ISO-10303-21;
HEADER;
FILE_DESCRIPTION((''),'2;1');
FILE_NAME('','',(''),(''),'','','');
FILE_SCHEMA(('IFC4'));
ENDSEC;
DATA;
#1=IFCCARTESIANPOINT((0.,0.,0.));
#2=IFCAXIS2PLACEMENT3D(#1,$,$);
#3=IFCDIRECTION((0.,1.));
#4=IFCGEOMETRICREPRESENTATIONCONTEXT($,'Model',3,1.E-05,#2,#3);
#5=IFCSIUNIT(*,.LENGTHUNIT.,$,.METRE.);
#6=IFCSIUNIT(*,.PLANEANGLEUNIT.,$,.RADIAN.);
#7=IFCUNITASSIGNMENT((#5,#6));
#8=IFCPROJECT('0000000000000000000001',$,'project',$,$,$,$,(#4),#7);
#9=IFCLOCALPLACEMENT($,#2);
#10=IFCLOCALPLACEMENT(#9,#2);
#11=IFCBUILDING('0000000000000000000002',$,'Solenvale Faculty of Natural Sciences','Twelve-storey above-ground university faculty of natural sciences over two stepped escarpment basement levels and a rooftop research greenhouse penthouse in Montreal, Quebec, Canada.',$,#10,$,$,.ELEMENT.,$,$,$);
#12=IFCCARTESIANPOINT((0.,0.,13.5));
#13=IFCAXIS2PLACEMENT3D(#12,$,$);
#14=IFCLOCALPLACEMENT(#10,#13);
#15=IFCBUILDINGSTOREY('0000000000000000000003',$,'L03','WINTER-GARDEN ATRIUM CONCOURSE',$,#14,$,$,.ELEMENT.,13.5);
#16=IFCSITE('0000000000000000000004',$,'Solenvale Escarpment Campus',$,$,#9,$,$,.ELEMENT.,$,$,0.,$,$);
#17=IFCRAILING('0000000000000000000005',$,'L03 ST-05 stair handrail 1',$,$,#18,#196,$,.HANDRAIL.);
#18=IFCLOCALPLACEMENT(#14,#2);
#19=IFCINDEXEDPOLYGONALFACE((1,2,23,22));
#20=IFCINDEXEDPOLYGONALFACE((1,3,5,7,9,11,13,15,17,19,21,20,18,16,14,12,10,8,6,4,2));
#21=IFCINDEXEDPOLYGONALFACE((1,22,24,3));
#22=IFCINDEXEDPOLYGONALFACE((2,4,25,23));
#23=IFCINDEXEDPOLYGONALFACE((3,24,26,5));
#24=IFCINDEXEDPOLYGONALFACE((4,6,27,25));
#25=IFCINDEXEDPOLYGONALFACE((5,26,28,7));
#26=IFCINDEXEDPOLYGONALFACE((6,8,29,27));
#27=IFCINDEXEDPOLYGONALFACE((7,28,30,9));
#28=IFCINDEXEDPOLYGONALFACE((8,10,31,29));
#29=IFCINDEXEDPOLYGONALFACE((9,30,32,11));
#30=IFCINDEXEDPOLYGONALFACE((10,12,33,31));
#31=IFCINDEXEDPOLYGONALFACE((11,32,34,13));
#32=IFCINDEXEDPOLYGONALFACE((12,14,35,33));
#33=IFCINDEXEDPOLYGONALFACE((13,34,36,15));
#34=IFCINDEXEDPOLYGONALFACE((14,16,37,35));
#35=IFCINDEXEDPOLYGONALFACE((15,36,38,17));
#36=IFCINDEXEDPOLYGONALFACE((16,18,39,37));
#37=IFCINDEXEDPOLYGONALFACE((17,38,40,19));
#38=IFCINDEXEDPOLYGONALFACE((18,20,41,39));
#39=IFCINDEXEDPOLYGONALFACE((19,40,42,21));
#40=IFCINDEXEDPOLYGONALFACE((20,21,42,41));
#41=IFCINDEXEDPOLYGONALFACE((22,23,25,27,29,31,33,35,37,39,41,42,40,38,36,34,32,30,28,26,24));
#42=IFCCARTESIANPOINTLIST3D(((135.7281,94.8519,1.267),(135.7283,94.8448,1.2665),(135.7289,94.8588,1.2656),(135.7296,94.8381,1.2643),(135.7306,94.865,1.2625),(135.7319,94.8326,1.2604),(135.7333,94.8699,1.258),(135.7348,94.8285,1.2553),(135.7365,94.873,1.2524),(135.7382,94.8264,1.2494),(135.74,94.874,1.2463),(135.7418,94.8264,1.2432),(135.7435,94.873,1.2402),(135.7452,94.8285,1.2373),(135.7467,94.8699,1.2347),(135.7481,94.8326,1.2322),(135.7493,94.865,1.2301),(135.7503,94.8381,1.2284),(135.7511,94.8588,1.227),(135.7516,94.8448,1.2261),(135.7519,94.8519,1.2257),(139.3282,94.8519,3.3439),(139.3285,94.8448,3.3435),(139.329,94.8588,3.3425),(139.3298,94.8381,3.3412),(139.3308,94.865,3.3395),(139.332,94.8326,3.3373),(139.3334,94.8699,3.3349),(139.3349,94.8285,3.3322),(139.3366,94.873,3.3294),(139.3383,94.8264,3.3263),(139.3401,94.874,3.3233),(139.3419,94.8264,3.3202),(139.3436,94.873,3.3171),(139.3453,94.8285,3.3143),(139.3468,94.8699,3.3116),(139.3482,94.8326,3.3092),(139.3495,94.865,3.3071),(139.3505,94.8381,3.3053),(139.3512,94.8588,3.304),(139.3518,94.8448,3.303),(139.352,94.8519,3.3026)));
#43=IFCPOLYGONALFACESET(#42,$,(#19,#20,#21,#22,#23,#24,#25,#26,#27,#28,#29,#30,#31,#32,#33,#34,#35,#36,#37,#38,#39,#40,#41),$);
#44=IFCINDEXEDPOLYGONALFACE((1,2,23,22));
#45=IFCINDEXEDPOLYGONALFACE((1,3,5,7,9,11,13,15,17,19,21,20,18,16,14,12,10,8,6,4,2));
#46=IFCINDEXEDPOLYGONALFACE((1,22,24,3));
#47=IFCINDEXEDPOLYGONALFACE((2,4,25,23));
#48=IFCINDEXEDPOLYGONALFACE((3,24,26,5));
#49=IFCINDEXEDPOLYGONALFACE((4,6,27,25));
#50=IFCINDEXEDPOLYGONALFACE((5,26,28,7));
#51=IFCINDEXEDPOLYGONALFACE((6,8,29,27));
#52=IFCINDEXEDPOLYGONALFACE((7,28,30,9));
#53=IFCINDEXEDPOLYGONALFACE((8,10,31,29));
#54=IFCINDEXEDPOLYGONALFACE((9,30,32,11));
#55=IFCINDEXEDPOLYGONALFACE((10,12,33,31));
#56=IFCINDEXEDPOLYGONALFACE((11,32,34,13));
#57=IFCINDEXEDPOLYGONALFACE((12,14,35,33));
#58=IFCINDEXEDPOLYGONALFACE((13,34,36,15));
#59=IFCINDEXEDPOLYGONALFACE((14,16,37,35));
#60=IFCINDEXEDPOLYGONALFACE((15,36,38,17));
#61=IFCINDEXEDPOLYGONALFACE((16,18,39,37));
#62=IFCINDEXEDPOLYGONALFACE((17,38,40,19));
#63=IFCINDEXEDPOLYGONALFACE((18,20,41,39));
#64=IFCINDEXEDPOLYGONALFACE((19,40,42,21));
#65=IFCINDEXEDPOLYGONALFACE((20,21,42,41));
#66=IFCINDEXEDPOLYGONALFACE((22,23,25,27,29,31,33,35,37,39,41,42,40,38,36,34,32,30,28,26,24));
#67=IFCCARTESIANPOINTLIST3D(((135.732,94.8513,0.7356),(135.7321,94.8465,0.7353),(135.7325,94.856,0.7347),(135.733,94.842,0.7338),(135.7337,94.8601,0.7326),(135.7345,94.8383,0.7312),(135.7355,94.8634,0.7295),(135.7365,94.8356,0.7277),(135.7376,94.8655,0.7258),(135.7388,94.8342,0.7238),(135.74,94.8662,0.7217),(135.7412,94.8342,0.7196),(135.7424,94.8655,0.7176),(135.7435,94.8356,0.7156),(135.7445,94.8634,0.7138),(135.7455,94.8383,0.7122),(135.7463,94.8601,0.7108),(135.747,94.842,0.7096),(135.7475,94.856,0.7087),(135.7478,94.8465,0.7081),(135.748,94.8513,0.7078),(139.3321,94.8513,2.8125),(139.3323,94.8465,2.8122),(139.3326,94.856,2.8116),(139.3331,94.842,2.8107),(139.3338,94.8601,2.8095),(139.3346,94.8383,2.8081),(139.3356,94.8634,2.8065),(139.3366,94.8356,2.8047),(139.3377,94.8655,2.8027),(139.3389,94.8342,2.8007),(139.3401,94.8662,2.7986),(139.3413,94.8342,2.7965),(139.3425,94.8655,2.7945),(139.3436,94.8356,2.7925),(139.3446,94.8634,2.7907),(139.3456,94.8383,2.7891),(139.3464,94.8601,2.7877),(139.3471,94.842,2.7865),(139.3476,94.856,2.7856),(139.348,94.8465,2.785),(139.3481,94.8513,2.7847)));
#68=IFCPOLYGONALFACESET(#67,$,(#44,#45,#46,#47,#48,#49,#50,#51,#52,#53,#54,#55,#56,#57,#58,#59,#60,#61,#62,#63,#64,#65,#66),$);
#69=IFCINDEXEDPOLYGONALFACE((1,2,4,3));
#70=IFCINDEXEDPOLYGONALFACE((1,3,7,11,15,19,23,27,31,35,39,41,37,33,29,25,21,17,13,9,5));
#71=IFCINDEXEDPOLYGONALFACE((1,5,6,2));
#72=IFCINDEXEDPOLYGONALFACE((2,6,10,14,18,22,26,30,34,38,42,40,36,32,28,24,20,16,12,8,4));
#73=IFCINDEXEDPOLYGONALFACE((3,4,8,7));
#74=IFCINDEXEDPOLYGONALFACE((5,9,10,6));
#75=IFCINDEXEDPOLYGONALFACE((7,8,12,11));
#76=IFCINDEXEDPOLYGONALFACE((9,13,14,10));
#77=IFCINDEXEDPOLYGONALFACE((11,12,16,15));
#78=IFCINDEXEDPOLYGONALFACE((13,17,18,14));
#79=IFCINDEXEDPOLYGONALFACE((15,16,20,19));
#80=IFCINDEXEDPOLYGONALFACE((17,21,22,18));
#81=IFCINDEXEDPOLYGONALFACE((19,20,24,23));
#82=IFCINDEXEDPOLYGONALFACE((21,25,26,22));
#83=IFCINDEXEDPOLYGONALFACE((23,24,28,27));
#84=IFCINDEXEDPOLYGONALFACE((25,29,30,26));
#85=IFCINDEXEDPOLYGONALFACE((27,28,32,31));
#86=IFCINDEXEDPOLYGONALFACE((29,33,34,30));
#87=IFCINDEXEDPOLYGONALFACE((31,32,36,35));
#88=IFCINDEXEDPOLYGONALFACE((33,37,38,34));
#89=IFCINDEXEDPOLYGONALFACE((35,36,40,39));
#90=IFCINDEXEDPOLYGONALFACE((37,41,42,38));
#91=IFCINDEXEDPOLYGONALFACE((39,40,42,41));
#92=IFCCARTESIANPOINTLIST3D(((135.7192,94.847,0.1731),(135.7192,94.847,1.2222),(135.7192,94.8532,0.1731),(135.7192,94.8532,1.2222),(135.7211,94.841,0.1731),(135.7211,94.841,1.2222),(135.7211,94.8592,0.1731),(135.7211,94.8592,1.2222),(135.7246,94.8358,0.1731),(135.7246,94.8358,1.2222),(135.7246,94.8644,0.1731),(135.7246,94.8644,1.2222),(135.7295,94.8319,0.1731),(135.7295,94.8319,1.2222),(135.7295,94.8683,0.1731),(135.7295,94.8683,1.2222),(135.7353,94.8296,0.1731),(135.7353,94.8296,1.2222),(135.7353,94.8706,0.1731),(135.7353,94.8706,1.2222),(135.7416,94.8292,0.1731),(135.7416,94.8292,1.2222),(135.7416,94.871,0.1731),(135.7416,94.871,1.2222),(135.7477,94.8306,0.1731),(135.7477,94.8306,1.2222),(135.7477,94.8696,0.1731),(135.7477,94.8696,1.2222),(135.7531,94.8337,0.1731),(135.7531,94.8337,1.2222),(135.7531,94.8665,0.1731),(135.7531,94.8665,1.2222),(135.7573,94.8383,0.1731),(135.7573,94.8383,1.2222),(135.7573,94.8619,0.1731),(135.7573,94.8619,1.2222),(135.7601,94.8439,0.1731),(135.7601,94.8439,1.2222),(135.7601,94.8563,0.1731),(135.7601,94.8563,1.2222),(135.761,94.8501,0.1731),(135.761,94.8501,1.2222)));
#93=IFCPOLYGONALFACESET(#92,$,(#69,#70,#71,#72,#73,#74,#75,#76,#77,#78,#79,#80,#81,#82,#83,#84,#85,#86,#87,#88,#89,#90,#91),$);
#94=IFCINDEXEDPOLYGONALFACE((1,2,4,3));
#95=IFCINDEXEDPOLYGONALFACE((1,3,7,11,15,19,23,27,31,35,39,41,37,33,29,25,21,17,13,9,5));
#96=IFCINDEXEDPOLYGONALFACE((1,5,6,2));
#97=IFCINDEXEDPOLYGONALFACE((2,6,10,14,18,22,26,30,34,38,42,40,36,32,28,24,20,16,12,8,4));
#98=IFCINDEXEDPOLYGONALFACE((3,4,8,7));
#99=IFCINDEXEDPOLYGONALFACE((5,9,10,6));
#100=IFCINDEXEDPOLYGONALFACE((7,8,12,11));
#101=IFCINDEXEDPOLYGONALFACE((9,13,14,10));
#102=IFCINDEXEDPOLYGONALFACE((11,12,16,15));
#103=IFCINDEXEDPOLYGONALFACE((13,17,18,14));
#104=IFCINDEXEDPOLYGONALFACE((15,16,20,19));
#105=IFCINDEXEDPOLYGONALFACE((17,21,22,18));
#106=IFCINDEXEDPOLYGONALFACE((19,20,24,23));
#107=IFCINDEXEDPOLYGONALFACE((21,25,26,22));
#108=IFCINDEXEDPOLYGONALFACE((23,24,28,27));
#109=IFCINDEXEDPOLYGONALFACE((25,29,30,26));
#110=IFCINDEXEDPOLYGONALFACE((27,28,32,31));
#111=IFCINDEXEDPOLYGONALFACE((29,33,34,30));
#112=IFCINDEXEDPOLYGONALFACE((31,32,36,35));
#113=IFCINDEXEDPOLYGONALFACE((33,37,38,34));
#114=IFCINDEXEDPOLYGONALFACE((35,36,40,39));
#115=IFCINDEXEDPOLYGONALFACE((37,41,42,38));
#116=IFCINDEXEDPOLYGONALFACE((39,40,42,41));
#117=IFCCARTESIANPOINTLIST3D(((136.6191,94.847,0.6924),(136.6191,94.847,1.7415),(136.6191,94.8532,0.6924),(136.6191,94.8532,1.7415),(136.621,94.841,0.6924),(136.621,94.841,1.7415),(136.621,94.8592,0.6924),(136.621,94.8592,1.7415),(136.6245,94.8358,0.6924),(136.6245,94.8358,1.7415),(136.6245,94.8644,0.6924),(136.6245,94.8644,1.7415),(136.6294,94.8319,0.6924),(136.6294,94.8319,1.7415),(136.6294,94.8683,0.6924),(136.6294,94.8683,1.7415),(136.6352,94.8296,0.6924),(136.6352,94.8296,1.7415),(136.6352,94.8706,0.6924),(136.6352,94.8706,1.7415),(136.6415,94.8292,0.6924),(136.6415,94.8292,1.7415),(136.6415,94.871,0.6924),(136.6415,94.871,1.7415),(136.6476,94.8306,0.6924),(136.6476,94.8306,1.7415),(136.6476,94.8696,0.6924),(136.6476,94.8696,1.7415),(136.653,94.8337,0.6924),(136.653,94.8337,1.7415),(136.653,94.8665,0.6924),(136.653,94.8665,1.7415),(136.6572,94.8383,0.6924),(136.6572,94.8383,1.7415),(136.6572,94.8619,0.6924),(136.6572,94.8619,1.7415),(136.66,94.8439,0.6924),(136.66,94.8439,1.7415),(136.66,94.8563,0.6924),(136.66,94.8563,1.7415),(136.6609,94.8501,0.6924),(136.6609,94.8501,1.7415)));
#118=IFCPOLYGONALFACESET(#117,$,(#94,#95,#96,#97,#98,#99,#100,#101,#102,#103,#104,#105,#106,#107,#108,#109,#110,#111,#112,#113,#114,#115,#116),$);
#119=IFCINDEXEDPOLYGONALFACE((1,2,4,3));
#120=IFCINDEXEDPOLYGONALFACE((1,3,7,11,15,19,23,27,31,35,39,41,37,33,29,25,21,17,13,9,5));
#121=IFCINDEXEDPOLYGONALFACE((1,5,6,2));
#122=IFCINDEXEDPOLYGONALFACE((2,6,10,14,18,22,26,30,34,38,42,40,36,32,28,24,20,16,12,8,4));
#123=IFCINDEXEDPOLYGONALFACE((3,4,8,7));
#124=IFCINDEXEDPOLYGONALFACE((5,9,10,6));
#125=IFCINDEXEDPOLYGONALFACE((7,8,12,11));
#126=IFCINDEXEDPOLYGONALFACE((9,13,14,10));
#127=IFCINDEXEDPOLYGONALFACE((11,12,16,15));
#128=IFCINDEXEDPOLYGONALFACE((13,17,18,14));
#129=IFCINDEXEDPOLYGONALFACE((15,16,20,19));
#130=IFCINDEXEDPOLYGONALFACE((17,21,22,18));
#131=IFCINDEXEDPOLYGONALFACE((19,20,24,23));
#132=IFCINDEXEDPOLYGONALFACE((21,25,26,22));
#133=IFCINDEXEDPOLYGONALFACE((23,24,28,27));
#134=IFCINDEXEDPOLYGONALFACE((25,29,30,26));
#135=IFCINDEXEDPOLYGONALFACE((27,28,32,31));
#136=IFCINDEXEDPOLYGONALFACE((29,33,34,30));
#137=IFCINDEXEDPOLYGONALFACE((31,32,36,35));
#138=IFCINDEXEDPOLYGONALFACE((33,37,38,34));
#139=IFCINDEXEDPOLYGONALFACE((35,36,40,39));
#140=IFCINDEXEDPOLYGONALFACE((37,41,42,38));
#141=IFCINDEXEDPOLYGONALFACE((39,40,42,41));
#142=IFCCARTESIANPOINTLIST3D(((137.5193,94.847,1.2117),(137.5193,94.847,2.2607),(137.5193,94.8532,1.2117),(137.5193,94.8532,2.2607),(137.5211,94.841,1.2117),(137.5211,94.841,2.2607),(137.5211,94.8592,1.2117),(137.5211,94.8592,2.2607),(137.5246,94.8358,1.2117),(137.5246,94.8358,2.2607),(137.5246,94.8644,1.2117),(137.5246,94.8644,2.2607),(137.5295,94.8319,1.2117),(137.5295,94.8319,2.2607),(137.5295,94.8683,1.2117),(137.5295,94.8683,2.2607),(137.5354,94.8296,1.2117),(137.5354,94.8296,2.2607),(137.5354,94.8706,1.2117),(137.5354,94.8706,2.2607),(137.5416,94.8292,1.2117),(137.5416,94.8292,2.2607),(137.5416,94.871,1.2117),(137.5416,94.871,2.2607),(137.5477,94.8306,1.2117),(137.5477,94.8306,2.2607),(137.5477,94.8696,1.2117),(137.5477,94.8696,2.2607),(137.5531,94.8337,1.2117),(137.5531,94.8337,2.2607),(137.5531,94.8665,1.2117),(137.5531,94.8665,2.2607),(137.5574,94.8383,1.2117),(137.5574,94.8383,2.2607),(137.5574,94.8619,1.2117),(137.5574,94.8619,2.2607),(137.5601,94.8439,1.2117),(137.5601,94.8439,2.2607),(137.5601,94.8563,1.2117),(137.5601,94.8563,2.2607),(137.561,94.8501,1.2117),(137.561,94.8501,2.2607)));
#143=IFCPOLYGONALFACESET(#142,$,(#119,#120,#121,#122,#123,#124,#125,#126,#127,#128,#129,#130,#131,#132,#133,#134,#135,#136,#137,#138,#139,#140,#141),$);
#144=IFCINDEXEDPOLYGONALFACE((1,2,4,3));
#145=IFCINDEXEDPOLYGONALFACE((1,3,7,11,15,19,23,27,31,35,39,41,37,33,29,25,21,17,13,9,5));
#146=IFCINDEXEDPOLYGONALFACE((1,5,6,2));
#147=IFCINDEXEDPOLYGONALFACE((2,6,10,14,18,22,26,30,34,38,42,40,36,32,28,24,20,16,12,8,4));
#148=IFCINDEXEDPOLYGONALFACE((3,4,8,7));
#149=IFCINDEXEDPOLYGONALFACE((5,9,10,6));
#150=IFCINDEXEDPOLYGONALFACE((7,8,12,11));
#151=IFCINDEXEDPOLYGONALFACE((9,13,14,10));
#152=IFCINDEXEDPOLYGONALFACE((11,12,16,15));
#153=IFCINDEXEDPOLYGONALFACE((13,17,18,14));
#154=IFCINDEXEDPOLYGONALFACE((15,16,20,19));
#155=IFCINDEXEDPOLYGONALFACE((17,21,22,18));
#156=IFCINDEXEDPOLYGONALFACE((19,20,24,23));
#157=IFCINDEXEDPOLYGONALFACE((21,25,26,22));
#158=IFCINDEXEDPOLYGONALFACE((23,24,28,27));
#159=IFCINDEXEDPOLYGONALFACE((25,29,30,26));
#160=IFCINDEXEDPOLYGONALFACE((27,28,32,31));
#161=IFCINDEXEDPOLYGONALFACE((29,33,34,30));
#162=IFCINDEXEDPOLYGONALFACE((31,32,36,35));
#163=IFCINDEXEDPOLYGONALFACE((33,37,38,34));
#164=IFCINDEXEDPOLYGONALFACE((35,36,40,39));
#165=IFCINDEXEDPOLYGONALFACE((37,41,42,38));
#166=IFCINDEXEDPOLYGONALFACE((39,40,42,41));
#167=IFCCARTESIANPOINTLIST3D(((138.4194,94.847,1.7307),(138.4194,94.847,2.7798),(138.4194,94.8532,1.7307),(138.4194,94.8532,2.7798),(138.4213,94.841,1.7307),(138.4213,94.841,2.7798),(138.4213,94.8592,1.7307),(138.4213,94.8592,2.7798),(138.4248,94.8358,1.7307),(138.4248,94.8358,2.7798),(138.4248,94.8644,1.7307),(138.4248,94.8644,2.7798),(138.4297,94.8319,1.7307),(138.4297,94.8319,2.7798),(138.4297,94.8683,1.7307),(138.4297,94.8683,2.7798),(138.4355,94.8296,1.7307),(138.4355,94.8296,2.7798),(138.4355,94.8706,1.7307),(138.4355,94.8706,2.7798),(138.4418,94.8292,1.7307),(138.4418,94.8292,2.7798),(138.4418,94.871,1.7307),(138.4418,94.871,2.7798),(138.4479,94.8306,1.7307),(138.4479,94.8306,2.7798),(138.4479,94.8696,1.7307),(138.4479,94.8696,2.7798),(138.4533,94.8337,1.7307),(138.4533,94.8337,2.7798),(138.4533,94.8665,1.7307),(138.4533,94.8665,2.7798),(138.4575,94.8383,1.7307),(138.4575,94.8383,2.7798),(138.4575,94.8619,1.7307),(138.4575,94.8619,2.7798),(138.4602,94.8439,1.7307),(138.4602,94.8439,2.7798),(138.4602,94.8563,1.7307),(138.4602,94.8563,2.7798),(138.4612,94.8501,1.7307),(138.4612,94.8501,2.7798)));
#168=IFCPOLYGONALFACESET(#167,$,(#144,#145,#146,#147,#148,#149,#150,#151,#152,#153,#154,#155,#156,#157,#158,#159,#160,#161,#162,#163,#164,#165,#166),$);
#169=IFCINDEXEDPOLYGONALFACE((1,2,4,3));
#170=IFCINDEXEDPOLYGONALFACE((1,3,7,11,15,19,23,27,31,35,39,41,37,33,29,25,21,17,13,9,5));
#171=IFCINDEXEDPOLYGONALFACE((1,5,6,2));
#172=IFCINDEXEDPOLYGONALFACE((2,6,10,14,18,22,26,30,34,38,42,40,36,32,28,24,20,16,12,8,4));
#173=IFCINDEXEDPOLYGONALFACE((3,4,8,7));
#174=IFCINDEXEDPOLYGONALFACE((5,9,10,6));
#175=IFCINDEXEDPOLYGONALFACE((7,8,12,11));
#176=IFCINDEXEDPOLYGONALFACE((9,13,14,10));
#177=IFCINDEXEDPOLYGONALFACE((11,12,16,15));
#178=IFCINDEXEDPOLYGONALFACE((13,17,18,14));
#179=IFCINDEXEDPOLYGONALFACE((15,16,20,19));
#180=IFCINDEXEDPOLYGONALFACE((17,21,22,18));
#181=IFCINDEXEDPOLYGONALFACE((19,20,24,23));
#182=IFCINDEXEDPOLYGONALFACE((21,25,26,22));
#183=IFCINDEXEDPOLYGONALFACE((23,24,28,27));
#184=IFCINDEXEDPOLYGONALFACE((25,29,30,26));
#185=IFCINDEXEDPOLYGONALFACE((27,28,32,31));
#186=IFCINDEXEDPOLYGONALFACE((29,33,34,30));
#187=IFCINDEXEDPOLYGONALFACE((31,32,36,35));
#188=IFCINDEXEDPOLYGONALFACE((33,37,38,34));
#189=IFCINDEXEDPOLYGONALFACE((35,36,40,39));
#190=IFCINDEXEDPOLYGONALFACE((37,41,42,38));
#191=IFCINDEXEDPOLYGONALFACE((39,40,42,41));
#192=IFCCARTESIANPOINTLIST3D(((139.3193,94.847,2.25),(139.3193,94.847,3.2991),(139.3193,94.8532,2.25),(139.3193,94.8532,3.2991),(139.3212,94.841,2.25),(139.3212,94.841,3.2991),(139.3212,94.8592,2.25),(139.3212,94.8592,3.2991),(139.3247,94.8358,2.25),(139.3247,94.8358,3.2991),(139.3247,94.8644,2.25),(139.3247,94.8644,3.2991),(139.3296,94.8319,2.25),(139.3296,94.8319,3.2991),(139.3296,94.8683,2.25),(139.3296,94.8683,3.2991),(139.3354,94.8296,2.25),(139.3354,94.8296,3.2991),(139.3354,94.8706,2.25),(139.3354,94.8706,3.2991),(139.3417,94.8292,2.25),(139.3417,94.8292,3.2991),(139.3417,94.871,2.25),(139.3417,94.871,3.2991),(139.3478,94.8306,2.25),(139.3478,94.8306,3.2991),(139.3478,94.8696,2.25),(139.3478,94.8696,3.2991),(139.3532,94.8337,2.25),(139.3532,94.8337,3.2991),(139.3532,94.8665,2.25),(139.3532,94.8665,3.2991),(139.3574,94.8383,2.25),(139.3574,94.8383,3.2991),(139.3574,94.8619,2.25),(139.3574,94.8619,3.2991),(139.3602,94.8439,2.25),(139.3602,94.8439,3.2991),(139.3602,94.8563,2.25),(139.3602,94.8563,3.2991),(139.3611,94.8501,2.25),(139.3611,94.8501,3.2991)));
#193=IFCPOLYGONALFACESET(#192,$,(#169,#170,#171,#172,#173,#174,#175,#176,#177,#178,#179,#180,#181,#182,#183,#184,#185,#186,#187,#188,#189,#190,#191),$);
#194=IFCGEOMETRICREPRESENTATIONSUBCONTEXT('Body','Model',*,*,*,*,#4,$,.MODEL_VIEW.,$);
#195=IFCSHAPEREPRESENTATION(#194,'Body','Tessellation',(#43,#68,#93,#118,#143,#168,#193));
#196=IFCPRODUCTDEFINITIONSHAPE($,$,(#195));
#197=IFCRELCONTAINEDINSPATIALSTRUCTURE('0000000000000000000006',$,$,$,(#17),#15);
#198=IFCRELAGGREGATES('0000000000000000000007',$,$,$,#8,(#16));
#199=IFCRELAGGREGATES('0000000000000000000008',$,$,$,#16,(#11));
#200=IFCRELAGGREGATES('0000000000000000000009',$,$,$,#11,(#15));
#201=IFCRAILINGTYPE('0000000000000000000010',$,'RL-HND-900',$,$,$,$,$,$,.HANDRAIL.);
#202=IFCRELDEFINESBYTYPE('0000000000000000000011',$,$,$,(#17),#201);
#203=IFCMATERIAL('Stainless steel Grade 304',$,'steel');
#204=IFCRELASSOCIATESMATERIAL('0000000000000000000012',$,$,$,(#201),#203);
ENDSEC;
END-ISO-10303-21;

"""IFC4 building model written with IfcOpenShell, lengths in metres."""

from ifc_helpers import new_model, si_unit, direction, frame, origin, origin_2d, place, context, subcontext, project, spatial, circle, extrude, material, type_object, element, save


model = new_model("IFC4")

# Units and contexts
model_context = context("Model", 3, precision=1e-05, world=origin(), true_north=direction((0.0, 1.0)))
body_context = subcontext(model_context, "Body", "Model", "MODEL_VIEW")
ifc_project = project(units=[si_unit("LENGTHUNIT", "METRE"), si_unit("PLANEANGLEUNIT", "RADIAN")], contexts=[model_context])

# Site, building, storey
site_placement = place(None, origin())
site = spatial("IfcSite", under=ifc_project, at=site_placement, Name="Solenvale Escarpment Campus", CompositionType="ELEMENT", RefElevation=0.0)
building_placement = place(site_placement, origin())
building = spatial("IfcBuilding", under=site, at=building_placement, Name="Solenvale Faculty of Natural Sciences", Description="Twelve-storey above-ground university faculty of natural sciences over two stepped escarpment basement levels and a rooftop research greenhouse penthouse in Montreal, Quebec, Canada.", CompositionType="ELEMENT")
storey_placement = place(building_placement, frame((0.0, 0.0, 13.5)))
storey = spatial("IfcBuildingStorey", under=building, at=storey_placement, Name="L03", Description="WINTER-GARDEN ATRIUM CONCOURSE", CompositionType="ELEMENT", Elevation=13.5)

# Railing
ifc_material_1 = material(Name="Stainless steel Grade 304", Category="steel")
railing_type = type_object("IfcRailingType", Name="RL-HND-900", PredefinedType="HANDRAIL", material=ifc_material_1)
railing_placement = place(storey_placement, frame((135.74, 94.8501, 0.1731)))
element("IfcRailing", 1, at=railing_placement, inside=storey, type_object=railing_type, Name="L03 ST-05 stair handrail 1", PredefinedType="HANDRAIL", context=body_context, shape_type="SweptSolid", body=[
    extrude(circle(Radius=0.0239, at=origin_2d()), frame((0.0, 0.0, 1.0732), z_axis=(0.866193, 0.0, 0.499709), x_axis=(0.0, 1.0, 0.0)), (0.0, 0.0, 1.0), 4.1562),
    extrude(circle(Radius=0.0161, at=origin_2d()), frame((0.0, 0.0, 0.5486), z_axis=(0.866193, 0.0, 0.499709), x_axis=(0.0, 1.0, 0.0)), (0.0, 0.0, 1.0), 4.1562),
    extrude(circle(Radius=0.021, at=origin_2d()), origin(), (0.0, 0.0, 1.0), 1.0491),
    extrude(circle(Radius=0.021, at=origin_2d()), frame((0.8999, 0.0, 0.5193)), (0.0, 0.0, 1.0), 1.0491),
    extrude(circle(Radius=0.021, at=origin_2d()), frame((1.8, 0.0, 1.0386)), (0.0, 0.0, 1.0), 1.0491),
    extrude(circle(Radius=0.021, at=origin_2d()), frame((2.7002, 0.0, 1.5576)), (0.0, 0.0, 1.0), 1.0491),
    extrude(circle(Radius=0.021, at=origin_2d()), frame((3.6001, 0.0, 2.0769)), (0.0, 0.0, 1.0), 1.0491),
])

save(model, "model.ifc")
